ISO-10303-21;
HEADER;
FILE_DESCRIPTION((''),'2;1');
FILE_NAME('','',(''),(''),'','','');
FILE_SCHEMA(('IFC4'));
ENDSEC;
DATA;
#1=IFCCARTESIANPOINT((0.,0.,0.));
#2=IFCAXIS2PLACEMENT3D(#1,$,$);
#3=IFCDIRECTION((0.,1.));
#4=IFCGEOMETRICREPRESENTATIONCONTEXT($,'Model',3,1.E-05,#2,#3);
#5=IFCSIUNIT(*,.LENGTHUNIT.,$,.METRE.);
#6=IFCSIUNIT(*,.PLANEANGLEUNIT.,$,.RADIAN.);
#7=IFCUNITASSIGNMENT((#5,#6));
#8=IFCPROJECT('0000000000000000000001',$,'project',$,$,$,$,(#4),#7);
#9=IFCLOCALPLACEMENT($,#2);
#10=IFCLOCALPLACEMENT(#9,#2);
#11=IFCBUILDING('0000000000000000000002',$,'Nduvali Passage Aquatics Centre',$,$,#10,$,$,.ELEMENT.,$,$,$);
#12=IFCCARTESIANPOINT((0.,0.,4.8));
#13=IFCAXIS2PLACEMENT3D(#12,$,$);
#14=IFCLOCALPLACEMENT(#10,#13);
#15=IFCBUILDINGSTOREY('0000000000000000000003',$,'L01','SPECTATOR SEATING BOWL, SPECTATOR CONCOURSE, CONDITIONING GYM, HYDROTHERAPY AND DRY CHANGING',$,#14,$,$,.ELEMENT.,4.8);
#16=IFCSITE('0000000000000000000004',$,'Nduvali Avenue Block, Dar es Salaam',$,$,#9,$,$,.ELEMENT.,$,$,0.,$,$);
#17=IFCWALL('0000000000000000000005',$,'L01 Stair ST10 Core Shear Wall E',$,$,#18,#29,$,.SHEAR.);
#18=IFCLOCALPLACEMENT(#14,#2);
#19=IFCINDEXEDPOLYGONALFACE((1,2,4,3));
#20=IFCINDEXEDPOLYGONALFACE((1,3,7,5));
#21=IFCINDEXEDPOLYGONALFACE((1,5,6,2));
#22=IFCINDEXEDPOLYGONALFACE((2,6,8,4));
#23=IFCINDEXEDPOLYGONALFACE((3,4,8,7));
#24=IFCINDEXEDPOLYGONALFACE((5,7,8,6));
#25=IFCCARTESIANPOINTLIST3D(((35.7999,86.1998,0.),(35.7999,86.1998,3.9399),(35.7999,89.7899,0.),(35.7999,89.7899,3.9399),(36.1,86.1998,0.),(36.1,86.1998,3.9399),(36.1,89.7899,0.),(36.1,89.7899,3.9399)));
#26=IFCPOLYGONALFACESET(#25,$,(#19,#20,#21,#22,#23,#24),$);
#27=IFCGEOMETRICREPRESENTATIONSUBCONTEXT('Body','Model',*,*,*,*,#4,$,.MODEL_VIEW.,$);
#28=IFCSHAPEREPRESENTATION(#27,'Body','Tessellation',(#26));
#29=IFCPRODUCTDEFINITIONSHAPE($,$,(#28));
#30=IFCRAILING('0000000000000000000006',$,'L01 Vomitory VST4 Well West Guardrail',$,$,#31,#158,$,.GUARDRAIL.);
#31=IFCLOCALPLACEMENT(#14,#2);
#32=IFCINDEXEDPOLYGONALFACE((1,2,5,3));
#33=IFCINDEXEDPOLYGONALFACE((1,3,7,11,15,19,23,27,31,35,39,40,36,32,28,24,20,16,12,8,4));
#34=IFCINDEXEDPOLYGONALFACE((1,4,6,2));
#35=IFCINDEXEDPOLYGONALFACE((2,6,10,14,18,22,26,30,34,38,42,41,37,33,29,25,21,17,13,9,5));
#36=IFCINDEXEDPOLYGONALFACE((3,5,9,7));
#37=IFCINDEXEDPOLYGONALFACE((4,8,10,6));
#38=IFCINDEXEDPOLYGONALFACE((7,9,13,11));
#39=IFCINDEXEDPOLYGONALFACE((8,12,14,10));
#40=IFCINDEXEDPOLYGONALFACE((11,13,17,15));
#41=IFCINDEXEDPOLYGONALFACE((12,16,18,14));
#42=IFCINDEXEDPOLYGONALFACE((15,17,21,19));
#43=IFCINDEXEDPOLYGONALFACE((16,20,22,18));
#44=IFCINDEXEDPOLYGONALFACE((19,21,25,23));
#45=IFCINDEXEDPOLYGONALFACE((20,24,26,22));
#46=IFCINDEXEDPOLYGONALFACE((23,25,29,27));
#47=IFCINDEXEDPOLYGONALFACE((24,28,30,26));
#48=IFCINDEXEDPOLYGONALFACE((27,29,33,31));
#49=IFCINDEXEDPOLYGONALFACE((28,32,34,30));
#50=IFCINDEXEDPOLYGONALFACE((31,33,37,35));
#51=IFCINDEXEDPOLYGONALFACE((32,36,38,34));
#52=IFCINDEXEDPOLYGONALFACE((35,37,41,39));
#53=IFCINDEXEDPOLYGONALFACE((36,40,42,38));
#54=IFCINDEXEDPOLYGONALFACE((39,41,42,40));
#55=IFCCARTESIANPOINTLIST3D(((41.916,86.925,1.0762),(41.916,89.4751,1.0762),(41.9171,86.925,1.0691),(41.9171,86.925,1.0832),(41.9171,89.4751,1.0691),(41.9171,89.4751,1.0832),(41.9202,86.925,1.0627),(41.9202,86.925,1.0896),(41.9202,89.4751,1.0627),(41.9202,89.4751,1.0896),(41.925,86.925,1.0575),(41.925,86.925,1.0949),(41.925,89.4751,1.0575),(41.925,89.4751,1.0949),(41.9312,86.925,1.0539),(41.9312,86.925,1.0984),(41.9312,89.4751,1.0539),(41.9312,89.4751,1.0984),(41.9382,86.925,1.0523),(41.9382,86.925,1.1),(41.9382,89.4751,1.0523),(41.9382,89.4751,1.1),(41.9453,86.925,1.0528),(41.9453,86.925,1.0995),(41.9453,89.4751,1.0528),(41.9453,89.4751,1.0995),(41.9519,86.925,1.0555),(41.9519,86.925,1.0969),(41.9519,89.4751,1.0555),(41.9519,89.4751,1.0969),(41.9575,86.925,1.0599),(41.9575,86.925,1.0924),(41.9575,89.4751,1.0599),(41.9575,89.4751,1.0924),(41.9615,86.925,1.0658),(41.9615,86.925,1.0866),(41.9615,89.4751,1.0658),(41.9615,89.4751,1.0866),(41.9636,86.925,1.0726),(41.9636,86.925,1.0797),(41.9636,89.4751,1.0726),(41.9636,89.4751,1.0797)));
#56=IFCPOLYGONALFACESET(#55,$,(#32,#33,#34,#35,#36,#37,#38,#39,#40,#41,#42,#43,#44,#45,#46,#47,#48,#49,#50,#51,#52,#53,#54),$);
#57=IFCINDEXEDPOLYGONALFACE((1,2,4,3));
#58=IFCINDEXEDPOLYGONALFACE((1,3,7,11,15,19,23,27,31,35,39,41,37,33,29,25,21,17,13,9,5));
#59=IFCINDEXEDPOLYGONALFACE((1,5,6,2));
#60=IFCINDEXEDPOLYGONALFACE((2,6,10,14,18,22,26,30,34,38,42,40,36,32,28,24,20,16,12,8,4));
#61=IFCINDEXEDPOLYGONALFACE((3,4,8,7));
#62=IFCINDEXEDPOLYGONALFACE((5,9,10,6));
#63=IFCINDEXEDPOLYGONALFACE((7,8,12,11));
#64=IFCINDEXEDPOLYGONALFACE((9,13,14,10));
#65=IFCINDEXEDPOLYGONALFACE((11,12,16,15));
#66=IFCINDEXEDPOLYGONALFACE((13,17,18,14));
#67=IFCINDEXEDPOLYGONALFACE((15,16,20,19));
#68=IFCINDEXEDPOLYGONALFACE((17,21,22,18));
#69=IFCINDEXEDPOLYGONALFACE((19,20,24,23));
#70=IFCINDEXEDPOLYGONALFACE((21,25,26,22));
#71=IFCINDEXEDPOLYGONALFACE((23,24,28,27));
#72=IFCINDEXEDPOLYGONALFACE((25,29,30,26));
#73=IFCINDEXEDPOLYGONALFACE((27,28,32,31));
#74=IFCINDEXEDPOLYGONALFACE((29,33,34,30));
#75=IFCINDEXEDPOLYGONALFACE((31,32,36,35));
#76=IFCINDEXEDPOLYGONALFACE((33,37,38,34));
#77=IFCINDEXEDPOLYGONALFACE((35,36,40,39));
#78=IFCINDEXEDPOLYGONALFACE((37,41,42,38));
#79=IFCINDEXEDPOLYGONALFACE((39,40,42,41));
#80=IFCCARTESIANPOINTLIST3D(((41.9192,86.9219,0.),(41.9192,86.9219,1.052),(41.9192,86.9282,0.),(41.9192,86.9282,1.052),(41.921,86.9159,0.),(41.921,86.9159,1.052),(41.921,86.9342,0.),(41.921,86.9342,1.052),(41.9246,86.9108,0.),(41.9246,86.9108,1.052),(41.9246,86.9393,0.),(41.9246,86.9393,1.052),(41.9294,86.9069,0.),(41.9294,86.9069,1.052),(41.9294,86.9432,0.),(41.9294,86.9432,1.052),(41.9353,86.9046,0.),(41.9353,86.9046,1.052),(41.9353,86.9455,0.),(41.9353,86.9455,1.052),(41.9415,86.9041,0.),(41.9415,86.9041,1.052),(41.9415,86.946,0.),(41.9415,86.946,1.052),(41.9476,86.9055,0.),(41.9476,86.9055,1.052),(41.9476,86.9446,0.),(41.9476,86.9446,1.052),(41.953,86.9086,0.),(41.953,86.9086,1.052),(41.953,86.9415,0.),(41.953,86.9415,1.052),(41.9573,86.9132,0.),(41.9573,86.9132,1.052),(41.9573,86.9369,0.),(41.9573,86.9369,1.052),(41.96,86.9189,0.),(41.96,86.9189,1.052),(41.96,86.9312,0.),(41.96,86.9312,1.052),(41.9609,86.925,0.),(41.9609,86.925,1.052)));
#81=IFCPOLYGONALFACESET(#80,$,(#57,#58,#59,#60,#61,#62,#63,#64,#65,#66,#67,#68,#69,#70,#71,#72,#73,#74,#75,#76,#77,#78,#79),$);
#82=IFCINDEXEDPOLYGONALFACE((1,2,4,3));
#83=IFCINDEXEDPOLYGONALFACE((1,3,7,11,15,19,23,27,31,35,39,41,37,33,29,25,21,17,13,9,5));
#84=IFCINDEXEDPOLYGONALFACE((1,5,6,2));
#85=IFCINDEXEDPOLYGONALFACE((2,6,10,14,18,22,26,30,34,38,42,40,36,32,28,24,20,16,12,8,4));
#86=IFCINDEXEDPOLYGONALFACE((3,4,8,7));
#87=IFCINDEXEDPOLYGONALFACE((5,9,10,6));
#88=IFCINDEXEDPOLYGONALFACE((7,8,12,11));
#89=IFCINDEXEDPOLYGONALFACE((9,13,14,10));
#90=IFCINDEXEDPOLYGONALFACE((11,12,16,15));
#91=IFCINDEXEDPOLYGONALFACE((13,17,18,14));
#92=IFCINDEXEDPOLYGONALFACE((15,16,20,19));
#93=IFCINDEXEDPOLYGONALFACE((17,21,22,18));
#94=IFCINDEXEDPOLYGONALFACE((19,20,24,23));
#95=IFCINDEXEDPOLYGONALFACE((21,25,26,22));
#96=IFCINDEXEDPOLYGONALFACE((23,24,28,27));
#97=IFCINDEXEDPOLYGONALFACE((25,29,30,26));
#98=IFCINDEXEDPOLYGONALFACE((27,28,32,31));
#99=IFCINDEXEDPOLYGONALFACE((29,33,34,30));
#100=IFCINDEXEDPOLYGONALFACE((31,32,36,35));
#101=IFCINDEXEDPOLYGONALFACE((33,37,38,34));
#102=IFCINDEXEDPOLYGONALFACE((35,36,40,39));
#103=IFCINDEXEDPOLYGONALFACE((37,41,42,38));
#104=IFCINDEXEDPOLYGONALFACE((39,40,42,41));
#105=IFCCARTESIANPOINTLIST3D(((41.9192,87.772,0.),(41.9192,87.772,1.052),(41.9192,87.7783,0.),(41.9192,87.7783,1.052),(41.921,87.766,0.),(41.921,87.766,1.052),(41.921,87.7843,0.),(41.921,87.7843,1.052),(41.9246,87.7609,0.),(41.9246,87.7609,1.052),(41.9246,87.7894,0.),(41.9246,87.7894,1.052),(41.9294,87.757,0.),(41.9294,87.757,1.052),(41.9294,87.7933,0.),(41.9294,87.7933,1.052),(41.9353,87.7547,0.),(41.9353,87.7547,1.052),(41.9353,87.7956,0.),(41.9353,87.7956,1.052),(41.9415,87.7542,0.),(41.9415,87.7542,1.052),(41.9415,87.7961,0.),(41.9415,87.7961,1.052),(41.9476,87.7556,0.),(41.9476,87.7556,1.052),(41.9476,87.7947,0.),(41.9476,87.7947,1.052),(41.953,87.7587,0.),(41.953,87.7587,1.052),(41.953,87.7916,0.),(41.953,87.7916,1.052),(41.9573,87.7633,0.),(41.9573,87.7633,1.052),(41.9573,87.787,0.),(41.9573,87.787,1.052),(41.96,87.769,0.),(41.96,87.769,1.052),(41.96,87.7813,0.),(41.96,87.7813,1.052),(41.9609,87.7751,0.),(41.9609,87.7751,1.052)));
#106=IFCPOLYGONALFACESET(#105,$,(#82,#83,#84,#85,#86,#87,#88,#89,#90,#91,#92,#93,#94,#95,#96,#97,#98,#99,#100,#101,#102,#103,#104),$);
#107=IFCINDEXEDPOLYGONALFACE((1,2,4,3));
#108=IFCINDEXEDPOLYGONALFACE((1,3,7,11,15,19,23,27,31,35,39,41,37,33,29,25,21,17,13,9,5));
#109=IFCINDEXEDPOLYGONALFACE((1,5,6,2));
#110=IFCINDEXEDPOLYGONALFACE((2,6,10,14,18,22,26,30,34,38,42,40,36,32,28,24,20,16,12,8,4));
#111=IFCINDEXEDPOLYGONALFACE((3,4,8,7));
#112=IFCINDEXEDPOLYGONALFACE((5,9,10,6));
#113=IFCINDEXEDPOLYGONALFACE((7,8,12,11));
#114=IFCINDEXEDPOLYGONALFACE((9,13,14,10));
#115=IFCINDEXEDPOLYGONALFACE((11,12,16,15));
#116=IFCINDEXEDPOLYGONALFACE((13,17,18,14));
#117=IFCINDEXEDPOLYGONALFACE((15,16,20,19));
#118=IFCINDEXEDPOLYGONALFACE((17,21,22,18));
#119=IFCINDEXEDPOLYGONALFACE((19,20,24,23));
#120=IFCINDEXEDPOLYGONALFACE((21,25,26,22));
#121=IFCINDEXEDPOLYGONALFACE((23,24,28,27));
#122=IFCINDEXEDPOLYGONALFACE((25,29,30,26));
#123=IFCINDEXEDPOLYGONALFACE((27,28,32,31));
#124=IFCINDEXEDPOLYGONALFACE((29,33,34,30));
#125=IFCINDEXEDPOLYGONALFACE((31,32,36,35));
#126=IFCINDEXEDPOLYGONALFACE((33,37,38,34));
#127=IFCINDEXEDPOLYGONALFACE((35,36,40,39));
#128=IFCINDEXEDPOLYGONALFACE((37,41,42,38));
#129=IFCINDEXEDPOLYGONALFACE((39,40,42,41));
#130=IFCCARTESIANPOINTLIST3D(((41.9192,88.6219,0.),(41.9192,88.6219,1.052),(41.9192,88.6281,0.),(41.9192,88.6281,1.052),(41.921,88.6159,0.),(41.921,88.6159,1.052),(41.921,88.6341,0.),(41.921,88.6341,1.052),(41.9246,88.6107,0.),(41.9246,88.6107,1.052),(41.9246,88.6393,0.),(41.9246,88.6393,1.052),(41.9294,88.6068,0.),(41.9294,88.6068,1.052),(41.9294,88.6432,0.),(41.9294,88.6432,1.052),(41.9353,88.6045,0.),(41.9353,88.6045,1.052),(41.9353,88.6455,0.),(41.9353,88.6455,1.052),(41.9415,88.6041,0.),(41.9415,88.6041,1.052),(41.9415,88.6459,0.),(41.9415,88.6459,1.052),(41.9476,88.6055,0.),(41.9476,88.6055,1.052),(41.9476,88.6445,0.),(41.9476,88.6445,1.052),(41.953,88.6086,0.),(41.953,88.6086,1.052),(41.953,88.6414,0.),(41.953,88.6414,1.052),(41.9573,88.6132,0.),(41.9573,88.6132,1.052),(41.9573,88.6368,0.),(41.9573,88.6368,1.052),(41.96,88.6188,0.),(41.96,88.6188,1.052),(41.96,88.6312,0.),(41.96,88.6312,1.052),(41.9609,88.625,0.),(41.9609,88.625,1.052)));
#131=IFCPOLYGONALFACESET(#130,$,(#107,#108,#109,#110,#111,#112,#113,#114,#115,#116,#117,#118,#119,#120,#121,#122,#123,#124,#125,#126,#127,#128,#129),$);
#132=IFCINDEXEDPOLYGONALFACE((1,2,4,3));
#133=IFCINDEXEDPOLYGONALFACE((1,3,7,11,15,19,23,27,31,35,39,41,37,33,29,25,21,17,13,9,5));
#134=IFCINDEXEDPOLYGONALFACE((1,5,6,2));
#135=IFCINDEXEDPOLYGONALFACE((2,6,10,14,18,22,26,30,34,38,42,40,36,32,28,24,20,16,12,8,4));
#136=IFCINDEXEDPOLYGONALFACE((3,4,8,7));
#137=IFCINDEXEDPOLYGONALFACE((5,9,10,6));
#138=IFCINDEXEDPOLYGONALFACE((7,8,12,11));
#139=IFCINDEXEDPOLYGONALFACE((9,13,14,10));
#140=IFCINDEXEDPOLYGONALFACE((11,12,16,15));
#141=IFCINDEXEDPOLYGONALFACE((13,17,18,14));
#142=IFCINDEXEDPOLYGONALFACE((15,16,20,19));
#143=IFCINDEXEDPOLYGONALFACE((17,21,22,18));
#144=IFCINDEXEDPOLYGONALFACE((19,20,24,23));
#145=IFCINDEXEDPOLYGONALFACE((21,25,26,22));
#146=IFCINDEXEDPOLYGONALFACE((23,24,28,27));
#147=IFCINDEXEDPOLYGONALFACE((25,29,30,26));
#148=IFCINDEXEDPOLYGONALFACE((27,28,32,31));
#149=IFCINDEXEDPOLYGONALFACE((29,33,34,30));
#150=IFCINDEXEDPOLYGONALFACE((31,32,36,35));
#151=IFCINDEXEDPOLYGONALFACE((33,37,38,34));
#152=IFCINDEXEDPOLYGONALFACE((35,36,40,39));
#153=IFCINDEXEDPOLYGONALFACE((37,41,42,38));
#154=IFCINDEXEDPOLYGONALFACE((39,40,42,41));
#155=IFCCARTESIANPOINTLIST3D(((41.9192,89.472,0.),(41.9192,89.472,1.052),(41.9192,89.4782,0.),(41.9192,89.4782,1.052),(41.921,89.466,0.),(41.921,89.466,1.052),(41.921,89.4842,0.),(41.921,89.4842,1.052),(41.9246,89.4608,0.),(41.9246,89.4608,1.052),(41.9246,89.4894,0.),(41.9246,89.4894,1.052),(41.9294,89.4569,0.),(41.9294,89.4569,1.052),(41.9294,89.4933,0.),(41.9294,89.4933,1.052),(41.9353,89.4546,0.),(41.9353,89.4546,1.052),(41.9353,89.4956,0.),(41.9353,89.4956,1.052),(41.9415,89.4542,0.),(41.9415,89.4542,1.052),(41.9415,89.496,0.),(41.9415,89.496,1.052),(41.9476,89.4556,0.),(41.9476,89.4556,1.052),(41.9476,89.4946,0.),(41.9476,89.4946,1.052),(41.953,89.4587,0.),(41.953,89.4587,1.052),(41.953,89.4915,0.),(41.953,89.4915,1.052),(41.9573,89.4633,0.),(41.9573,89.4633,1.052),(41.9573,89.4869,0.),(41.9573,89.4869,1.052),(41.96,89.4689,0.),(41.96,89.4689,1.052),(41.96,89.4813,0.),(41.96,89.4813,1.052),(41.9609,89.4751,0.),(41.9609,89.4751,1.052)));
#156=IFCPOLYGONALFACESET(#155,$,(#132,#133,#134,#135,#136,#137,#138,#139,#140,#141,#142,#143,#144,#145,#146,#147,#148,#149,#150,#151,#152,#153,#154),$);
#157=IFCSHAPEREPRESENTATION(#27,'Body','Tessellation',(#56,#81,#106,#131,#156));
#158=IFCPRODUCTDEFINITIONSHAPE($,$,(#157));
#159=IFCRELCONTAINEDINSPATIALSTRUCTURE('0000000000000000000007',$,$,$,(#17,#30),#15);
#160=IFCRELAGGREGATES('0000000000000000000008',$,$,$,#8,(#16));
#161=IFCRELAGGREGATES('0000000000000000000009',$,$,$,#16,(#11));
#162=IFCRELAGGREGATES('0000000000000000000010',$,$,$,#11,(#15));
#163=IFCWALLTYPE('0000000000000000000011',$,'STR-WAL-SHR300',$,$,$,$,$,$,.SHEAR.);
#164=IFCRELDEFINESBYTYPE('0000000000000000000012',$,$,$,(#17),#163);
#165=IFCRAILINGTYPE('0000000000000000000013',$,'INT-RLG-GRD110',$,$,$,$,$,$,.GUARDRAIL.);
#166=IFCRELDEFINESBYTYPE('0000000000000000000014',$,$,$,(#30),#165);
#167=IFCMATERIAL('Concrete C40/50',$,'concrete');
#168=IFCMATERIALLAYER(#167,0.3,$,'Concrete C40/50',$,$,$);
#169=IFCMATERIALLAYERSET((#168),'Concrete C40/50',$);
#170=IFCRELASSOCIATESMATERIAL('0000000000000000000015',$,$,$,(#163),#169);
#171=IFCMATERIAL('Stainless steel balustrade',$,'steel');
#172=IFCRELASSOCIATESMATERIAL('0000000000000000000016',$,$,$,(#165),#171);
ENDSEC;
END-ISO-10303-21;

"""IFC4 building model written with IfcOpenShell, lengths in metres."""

from ifc_helpers import new_model, si_unit, direction, frame, frame_2d, origin, origin_2d, place, context, subcontext, project, spatial, rectangle, circle, extrude, material, layer, layer_set, type_object, element, save


model = new_model("IFC4")

# Units and contexts
model_context = context("Model", 3, precision=1e-05, world=origin(), true_north=direction((0.0, 1.0)))
body_context = subcontext(model_context, "Body", "Model", "MODEL_VIEW")
ifc_project = project(units=[si_unit("LENGTHUNIT", "METRE"), si_unit("PLANEANGLEUNIT", "RADIAN")], contexts=[model_context])

# Site, building, storey
site_placement = place(None, origin())
site = spatial("IfcSite", under=ifc_project, at=site_placement, Name="Nduvali Avenue Block, Dar es Salaam", CompositionType="ELEMENT", RefElevation=0.0)
building_placement = place(site_placement, origin())
building = spatial("IfcBuilding", under=site, at=building_placement, Name="Nduvali Passage Aquatics Centre", CompositionType="ELEMENT")
storey_placement = place(building_placement, frame((0.0, 0.0, 4.8)))
storey = spatial("IfcBuildingStorey", under=building, at=storey_placement, Name="L01", Description="SPECTATOR SEATING BOWL, SPECTATOR CONCOURSE, CONDITIONING GYM, HYDROTHERAPY AND DRY CHANGING", CompositionType="ELEMENT", Elevation=4.8)

# Shared definitions
ifc_material_1 = material(Name="Concrete C40/50", Category="concrete")

# Wall
ifc_layer_1 = layer(ifc_material_1, 0.3, Name="Concrete C40/50")
ifc_layer_set_1 = layer_set([ifc_layer_1], Name="Concrete C40/50")
wall_type_1 = type_object("IfcWallType", Name="STR-WAL-SHR300", PredefinedType="SHEAR", material=ifc_layer_set_1)
wall_1_placement = place(storey_placement, frame((35.95, 86.2, 0.0), z_axis=(0.0, 0.0, 1.0), x_axis=(0.0, 1.0, 0.0)))
element("IfcWall", 1, at=wall_1_placement, inside=storey, type_object=wall_type_1, Name="L01 Stair ST10 Core Shear Wall E", PredefinedType="SHEAR", context=body_context, shape_type="SweptSolid", body=[
    extrude(rectangle(XDim=3.5901, YDim=0.3, at=frame_2d((1.7949, 0.0))), origin(), (0.0, 0.0, 1.0), 3.9399),
])

# Railing
ifc_material_2 = material(Name="Stainless steel balustrade", Category="steel")
railing_type = type_object("IfcRailingType", Name="INT-RLG-GRD110", PredefinedType="GUARDRAIL", material=ifc_material_2)
railing_placement = place(storey_placement, frame((41.9399, 86.925, 0.0)))
element("IfcRailing", 2, at=railing_placement, inside=storey, type_object=railing_type, Name="L01 Vomitory VST4 Well West Guardrail", PredefinedType="GUARDRAIL", context=body_context, shape_type="SweptSolid", body=[
    extrude(circle(Radius=0.0239, at=origin_2d()), frame((0.0, 0.0, 1.0762), z_axis=(0.0, 1.0, 0.0), x_axis=(-1.0, 0.0, 0.0)), (0.0, 0.0, 1.0), 2.55),
    extrude(circle(Radius=0.021, at=origin_2d()), origin(), (0.0, 0.0, 1.0), 1.052),
    extrude(circle(Radius=0.021, at=origin_2d()), frame((0.0, 0.8501, 0.0)), (0.0, 0.0, 1.0), 1.052),
    extrude(circle(Radius=0.021, at=origin_2d()), frame((0.0, 1.7, 0.0)), (0.0, 0.0, 1.0), 1.052),
    extrude(circle(Radius=0.021, at=origin_2d()), frame((0.0, 2.55, 0.0)), (0.0, 0.0, 1.0), 1.052),
])

save(model, "model.ifc")
